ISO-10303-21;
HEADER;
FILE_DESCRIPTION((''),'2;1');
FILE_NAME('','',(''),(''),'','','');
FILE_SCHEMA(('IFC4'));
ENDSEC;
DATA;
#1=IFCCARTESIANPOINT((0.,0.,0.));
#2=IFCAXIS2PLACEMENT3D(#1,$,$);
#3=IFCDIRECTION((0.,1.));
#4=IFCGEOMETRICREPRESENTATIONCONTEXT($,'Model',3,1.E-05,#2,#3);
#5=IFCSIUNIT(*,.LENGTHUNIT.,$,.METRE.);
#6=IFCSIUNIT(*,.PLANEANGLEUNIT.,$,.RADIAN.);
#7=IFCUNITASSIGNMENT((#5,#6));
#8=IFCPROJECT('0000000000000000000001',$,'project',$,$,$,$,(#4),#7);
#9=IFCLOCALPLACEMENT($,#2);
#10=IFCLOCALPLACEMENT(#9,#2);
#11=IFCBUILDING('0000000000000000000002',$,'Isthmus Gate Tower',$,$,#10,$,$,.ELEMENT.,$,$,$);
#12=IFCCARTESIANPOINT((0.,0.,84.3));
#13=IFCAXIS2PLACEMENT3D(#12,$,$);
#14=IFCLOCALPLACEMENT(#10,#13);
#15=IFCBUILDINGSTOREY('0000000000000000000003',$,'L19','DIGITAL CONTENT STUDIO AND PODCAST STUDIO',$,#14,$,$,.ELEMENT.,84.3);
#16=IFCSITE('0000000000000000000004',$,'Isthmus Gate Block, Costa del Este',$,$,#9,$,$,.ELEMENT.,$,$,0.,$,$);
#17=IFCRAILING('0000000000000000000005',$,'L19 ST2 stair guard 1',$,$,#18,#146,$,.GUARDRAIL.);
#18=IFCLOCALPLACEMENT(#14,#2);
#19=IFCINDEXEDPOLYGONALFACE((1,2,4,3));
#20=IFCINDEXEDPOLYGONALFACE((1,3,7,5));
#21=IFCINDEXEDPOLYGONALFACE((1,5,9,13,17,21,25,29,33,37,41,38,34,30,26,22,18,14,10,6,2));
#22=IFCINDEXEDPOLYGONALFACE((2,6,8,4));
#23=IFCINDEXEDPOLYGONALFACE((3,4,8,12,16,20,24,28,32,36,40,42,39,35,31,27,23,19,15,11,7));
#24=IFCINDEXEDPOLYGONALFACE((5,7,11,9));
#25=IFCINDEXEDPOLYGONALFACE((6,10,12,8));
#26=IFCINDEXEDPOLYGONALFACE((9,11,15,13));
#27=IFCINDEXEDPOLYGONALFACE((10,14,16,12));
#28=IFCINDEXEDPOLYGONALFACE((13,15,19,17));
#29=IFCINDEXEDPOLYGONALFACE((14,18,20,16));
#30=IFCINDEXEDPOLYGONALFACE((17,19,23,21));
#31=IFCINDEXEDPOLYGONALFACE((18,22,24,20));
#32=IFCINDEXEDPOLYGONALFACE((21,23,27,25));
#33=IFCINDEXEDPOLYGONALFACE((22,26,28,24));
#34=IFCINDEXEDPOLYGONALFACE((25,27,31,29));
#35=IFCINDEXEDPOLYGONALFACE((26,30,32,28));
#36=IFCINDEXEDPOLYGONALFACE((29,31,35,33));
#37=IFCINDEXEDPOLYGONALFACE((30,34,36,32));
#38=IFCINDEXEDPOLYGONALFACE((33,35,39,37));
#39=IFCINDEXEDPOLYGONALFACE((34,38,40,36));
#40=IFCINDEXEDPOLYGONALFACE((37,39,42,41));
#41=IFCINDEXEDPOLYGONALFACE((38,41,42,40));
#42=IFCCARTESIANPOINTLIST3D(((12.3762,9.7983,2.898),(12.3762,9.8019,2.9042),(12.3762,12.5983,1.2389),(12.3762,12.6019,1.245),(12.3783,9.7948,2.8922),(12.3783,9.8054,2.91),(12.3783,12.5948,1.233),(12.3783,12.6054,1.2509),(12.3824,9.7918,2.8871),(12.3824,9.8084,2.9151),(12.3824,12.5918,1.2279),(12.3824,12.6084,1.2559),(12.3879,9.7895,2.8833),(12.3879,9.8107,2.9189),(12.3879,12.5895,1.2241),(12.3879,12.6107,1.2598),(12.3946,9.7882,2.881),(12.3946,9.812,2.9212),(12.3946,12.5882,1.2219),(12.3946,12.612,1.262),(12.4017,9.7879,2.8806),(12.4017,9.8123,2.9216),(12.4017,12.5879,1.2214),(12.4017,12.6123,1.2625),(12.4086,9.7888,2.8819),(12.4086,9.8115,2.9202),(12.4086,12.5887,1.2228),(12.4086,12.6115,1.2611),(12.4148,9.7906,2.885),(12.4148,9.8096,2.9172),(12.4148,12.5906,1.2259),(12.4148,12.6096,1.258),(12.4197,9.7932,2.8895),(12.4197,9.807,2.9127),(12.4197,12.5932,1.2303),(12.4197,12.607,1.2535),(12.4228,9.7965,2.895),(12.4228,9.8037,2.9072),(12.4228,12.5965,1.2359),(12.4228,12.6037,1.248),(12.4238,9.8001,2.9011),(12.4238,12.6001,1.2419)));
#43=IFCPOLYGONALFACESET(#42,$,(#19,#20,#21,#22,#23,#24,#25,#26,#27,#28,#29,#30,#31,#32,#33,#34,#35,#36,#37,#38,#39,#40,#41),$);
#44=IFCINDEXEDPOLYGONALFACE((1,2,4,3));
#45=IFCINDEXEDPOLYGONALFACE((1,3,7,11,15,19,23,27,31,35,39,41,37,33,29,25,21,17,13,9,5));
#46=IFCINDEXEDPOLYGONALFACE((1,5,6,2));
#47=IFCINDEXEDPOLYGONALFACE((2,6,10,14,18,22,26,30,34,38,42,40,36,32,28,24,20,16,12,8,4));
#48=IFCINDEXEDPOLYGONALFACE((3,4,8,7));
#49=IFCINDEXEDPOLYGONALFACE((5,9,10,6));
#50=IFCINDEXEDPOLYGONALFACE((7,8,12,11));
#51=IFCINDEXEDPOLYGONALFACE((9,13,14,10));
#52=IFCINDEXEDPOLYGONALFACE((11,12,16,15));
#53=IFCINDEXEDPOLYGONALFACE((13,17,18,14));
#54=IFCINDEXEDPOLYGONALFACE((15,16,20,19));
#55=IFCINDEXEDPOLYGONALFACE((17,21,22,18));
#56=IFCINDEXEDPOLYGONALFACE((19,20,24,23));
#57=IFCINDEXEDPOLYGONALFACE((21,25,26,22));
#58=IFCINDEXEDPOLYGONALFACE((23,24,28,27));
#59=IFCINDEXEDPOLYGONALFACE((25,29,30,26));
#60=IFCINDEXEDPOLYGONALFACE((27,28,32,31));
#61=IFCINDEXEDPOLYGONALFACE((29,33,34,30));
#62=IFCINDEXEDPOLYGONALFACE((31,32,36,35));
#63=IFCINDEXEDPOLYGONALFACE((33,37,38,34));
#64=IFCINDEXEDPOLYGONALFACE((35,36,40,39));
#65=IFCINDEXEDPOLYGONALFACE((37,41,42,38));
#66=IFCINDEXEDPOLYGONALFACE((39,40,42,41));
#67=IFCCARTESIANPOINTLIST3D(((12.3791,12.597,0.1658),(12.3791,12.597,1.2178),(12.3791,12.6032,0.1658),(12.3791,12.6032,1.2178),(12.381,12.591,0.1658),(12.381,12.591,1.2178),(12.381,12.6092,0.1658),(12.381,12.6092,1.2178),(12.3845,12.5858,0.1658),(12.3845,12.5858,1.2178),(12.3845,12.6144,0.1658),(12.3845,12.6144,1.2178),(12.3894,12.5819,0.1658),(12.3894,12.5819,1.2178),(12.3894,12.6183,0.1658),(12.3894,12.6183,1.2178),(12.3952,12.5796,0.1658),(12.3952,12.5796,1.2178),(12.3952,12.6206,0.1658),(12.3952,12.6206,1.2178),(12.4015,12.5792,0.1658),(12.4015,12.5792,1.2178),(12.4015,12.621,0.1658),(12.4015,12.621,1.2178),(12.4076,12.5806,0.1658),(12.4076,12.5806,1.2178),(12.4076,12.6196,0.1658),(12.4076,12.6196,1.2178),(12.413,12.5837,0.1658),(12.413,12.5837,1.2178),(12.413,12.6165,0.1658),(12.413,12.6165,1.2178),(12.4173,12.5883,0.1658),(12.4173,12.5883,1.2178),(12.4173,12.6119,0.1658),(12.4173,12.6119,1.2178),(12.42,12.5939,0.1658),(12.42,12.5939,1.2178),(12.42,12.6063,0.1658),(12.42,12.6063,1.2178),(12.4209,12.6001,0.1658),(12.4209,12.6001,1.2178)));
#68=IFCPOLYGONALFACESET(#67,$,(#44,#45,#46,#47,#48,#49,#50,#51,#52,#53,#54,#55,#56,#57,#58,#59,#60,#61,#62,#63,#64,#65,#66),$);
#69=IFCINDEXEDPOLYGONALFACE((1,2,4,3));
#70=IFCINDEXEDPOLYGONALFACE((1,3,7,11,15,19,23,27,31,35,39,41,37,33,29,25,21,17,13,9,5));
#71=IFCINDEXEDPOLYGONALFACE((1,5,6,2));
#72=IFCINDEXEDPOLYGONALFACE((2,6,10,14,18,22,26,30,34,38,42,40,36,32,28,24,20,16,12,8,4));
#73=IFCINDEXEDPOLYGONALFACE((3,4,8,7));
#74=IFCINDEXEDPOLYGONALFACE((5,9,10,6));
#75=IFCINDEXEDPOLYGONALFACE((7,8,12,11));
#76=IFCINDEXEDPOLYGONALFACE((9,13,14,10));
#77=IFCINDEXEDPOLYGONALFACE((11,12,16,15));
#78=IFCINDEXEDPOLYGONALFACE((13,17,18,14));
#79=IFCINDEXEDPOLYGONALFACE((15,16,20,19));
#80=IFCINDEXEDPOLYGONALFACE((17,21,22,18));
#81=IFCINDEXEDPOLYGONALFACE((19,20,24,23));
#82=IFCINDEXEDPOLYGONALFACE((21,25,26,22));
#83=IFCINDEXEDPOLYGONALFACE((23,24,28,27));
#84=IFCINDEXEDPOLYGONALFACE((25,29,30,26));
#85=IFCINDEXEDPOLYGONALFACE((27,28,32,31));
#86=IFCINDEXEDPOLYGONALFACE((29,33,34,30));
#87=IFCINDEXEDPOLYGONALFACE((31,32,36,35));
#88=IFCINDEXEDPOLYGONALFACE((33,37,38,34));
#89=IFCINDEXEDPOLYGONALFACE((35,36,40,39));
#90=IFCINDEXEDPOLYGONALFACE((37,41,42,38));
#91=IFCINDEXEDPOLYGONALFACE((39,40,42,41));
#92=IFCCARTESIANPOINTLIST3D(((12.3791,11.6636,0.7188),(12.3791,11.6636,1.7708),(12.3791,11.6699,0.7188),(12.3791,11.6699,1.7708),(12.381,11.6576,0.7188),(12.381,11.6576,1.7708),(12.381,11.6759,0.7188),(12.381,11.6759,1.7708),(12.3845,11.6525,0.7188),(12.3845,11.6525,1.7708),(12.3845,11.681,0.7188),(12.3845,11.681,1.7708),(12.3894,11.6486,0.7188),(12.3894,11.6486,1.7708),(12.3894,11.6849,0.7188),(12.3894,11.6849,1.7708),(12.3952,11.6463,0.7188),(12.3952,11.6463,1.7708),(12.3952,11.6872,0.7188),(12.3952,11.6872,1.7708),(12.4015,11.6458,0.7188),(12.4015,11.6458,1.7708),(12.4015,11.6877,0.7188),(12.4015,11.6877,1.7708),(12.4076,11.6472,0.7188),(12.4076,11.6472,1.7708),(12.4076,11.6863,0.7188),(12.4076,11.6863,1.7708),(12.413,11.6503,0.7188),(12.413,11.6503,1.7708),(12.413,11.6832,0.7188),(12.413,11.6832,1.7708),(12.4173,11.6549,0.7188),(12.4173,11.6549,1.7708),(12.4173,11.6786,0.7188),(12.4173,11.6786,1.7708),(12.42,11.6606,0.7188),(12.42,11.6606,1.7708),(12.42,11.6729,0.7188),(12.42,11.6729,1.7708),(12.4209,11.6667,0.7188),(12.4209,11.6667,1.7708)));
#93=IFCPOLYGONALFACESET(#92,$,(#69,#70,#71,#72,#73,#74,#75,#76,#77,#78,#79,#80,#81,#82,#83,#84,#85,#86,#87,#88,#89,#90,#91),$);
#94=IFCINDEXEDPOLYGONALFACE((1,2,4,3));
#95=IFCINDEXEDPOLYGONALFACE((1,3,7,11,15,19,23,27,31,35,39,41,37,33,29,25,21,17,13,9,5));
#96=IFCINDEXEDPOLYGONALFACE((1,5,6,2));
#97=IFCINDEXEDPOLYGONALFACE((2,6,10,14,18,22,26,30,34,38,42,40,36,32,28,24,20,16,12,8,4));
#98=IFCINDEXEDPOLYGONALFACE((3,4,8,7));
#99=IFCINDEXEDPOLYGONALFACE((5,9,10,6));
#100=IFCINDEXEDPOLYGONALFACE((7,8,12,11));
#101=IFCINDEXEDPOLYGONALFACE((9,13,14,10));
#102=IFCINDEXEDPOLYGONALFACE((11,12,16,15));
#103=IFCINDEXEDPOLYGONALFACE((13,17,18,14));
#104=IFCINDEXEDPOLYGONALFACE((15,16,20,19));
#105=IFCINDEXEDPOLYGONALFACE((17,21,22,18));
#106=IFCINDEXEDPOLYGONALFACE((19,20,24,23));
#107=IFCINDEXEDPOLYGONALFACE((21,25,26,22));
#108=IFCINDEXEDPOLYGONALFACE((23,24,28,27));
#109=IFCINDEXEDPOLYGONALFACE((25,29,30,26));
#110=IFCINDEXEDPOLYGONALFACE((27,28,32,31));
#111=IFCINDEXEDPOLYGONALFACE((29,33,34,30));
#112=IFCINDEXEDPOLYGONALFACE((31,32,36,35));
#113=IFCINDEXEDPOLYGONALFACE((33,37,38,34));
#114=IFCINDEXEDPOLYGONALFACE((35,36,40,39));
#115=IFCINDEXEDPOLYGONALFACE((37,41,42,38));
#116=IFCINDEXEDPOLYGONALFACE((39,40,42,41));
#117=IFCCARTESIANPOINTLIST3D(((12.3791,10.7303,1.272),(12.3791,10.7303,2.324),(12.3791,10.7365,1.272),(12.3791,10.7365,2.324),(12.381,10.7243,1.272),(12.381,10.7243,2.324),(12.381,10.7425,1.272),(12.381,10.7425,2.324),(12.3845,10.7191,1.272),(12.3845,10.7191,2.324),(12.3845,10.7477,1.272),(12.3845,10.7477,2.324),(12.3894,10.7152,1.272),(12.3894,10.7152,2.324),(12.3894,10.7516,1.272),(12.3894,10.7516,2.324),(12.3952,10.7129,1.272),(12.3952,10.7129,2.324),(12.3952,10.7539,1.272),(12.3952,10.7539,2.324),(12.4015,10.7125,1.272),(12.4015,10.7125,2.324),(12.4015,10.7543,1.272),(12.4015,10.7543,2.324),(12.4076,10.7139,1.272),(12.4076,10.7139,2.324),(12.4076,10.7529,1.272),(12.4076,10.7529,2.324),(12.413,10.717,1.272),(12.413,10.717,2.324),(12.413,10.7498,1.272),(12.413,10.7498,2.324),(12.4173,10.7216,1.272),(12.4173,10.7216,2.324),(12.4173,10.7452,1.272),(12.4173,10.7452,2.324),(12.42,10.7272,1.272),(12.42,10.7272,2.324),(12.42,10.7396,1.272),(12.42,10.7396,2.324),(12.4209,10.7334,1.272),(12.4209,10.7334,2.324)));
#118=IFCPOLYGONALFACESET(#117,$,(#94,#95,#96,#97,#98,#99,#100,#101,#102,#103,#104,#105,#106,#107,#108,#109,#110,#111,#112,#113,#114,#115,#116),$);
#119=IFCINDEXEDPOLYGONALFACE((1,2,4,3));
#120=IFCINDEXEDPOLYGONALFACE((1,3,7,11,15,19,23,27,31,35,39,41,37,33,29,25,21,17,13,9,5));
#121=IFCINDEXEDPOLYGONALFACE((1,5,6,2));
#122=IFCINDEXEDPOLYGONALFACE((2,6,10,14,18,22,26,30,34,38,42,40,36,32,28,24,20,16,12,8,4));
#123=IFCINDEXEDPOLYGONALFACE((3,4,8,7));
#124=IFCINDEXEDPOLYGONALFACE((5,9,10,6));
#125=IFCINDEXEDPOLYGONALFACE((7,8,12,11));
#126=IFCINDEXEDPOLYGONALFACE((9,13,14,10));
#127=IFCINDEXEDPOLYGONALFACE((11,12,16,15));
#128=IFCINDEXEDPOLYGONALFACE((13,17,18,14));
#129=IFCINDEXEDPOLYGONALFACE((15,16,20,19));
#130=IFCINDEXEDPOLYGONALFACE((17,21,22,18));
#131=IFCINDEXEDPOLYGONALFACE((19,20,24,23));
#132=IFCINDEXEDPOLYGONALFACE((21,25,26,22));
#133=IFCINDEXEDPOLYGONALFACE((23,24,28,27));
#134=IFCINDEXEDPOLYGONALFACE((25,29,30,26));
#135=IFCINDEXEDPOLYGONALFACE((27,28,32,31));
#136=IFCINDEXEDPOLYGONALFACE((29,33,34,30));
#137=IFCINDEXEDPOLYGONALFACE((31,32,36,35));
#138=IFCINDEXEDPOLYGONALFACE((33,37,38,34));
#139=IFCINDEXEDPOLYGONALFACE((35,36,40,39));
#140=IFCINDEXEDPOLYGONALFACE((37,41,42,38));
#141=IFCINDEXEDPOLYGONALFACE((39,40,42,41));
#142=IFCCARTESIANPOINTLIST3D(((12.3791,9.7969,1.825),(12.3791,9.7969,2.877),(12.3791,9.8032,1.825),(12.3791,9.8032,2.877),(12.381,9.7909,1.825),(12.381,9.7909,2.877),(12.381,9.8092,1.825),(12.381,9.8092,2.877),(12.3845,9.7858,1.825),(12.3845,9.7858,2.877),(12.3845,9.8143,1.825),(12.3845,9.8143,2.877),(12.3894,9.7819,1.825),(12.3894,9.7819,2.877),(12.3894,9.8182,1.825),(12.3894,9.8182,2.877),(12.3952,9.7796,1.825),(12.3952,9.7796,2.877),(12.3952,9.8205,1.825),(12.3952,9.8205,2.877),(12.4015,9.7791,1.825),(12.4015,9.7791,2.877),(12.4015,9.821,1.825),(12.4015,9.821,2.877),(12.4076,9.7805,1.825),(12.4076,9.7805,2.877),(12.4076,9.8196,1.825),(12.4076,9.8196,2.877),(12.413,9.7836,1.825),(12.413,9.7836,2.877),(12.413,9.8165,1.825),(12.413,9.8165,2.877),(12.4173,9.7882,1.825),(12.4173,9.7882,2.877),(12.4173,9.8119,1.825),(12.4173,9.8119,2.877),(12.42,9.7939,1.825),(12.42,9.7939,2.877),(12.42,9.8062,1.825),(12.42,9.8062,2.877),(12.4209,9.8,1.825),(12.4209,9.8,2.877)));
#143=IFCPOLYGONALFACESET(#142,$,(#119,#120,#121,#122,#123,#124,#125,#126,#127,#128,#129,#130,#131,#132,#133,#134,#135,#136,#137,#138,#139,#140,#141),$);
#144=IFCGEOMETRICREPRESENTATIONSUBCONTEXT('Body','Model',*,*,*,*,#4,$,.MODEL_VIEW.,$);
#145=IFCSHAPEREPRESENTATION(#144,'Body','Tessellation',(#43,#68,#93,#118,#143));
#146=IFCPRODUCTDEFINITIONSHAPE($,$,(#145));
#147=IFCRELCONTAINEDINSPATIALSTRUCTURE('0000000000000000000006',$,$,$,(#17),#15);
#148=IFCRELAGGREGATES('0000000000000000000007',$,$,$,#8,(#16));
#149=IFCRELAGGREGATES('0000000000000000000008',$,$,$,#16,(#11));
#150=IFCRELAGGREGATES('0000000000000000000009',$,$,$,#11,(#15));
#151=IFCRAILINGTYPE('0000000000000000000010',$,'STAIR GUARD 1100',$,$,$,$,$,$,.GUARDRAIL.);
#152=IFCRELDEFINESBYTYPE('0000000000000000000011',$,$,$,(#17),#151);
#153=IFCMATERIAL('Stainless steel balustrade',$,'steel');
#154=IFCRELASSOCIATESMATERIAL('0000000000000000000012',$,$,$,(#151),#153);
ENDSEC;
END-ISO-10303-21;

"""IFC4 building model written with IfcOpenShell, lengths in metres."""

from ifc_helpers import new_model, si_unit, direction, frame, origin, origin_2d, place, context, subcontext, project, spatial, circle, extrude, material, type_object, element, save


model = new_model("IFC4")

# Units and contexts
model_context = context("Model", 3, precision=1e-05, world=origin(), true_north=direction((0.0, 1.0)))
body_context = subcontext(model_context, "Body", "Model", "MODEL_VIEW")
ifc_project = project(units=[si_unit("LENGTHUNIT", "METRE"), si_unit("PLANEANGLEUNIT", "RADIAN")], contexts=[model_context])

# Site, building, storey
site_placement = place(None, origin())
site = spatial("IfcSite", under=ifc_project, at=site_placement, Name="Isthmus Gate Block, Costa del Este", CompositionType="ELEMENT", RefElevation=0.0)
building_placement = place(site_placement, origin())
building = spatial("IfcBuilding", under=site, at=building_placement, Name="Isthmus Gate Tower", CompositionType="ELEMENT")
storey_placement = place(building_placement, frame((0.0, 0.0, 84.3)))
storey = spatial("IfcBuildingStorey", under=building, at=storey_placement, Name="L19", Description="DIGITAL CONTENT STUDIO AND PODCAST STUDIO", CompositionType="ELEMENT", Elevation=84.3)

# Railing
ifc_material_1 = material(Name="Stainless steel balustrade", Category="steel")
railing_type_1 = type_object("IfcRailingType", Name="STAIR GUARD 1100", PredefinedType="GUARDRAIL", material=ifc_material_1)
railing_1_placement = place(storey_placement, frame((12.3999, 12.6001, 0.1658)))
element("IfcRailing", 1, at=railing_1_placement, inside=storey, type_object=railing_type_1, Name="L19 ST2 stair guard 1", PredefinedType="GUARDRAIL", context=body_context, shape_type="SweptSolid", body=[
    extrude(circle(Radius=0.0239, at=origin_2d()), frame((0.0, 0.0, 1.0762), z_axis=(0.0, -0.860306, 0.509778), x_axis=(1.0, 0.0, 0.0)), (0.0, 0.0, 1.0), 3.2546),
    extrude(circle(Radius=0.021, at=origin_2d()), origin(), (0.0, 0.0, 1.0), 1.052),
    extrude(circle(Radius=0.021, at=origin_2d()), frame((0.0, -0.9333, 0.553)), (0.0, 0.0, 1.0), 1.052),
    extrude(circle(Radius=0.021, at=origin_2d()), frame((0.0, -1.8667, 1.1062)), (0.0, 0.0, 1.0), 1.052),
    extrude(circle(Radius=0.021, at=origin_2d()), frame((0.0, -2.8, 1.6592)), (0.0, 0.0, 1.0), 1.052),
])

save(model, "model.ifc")
